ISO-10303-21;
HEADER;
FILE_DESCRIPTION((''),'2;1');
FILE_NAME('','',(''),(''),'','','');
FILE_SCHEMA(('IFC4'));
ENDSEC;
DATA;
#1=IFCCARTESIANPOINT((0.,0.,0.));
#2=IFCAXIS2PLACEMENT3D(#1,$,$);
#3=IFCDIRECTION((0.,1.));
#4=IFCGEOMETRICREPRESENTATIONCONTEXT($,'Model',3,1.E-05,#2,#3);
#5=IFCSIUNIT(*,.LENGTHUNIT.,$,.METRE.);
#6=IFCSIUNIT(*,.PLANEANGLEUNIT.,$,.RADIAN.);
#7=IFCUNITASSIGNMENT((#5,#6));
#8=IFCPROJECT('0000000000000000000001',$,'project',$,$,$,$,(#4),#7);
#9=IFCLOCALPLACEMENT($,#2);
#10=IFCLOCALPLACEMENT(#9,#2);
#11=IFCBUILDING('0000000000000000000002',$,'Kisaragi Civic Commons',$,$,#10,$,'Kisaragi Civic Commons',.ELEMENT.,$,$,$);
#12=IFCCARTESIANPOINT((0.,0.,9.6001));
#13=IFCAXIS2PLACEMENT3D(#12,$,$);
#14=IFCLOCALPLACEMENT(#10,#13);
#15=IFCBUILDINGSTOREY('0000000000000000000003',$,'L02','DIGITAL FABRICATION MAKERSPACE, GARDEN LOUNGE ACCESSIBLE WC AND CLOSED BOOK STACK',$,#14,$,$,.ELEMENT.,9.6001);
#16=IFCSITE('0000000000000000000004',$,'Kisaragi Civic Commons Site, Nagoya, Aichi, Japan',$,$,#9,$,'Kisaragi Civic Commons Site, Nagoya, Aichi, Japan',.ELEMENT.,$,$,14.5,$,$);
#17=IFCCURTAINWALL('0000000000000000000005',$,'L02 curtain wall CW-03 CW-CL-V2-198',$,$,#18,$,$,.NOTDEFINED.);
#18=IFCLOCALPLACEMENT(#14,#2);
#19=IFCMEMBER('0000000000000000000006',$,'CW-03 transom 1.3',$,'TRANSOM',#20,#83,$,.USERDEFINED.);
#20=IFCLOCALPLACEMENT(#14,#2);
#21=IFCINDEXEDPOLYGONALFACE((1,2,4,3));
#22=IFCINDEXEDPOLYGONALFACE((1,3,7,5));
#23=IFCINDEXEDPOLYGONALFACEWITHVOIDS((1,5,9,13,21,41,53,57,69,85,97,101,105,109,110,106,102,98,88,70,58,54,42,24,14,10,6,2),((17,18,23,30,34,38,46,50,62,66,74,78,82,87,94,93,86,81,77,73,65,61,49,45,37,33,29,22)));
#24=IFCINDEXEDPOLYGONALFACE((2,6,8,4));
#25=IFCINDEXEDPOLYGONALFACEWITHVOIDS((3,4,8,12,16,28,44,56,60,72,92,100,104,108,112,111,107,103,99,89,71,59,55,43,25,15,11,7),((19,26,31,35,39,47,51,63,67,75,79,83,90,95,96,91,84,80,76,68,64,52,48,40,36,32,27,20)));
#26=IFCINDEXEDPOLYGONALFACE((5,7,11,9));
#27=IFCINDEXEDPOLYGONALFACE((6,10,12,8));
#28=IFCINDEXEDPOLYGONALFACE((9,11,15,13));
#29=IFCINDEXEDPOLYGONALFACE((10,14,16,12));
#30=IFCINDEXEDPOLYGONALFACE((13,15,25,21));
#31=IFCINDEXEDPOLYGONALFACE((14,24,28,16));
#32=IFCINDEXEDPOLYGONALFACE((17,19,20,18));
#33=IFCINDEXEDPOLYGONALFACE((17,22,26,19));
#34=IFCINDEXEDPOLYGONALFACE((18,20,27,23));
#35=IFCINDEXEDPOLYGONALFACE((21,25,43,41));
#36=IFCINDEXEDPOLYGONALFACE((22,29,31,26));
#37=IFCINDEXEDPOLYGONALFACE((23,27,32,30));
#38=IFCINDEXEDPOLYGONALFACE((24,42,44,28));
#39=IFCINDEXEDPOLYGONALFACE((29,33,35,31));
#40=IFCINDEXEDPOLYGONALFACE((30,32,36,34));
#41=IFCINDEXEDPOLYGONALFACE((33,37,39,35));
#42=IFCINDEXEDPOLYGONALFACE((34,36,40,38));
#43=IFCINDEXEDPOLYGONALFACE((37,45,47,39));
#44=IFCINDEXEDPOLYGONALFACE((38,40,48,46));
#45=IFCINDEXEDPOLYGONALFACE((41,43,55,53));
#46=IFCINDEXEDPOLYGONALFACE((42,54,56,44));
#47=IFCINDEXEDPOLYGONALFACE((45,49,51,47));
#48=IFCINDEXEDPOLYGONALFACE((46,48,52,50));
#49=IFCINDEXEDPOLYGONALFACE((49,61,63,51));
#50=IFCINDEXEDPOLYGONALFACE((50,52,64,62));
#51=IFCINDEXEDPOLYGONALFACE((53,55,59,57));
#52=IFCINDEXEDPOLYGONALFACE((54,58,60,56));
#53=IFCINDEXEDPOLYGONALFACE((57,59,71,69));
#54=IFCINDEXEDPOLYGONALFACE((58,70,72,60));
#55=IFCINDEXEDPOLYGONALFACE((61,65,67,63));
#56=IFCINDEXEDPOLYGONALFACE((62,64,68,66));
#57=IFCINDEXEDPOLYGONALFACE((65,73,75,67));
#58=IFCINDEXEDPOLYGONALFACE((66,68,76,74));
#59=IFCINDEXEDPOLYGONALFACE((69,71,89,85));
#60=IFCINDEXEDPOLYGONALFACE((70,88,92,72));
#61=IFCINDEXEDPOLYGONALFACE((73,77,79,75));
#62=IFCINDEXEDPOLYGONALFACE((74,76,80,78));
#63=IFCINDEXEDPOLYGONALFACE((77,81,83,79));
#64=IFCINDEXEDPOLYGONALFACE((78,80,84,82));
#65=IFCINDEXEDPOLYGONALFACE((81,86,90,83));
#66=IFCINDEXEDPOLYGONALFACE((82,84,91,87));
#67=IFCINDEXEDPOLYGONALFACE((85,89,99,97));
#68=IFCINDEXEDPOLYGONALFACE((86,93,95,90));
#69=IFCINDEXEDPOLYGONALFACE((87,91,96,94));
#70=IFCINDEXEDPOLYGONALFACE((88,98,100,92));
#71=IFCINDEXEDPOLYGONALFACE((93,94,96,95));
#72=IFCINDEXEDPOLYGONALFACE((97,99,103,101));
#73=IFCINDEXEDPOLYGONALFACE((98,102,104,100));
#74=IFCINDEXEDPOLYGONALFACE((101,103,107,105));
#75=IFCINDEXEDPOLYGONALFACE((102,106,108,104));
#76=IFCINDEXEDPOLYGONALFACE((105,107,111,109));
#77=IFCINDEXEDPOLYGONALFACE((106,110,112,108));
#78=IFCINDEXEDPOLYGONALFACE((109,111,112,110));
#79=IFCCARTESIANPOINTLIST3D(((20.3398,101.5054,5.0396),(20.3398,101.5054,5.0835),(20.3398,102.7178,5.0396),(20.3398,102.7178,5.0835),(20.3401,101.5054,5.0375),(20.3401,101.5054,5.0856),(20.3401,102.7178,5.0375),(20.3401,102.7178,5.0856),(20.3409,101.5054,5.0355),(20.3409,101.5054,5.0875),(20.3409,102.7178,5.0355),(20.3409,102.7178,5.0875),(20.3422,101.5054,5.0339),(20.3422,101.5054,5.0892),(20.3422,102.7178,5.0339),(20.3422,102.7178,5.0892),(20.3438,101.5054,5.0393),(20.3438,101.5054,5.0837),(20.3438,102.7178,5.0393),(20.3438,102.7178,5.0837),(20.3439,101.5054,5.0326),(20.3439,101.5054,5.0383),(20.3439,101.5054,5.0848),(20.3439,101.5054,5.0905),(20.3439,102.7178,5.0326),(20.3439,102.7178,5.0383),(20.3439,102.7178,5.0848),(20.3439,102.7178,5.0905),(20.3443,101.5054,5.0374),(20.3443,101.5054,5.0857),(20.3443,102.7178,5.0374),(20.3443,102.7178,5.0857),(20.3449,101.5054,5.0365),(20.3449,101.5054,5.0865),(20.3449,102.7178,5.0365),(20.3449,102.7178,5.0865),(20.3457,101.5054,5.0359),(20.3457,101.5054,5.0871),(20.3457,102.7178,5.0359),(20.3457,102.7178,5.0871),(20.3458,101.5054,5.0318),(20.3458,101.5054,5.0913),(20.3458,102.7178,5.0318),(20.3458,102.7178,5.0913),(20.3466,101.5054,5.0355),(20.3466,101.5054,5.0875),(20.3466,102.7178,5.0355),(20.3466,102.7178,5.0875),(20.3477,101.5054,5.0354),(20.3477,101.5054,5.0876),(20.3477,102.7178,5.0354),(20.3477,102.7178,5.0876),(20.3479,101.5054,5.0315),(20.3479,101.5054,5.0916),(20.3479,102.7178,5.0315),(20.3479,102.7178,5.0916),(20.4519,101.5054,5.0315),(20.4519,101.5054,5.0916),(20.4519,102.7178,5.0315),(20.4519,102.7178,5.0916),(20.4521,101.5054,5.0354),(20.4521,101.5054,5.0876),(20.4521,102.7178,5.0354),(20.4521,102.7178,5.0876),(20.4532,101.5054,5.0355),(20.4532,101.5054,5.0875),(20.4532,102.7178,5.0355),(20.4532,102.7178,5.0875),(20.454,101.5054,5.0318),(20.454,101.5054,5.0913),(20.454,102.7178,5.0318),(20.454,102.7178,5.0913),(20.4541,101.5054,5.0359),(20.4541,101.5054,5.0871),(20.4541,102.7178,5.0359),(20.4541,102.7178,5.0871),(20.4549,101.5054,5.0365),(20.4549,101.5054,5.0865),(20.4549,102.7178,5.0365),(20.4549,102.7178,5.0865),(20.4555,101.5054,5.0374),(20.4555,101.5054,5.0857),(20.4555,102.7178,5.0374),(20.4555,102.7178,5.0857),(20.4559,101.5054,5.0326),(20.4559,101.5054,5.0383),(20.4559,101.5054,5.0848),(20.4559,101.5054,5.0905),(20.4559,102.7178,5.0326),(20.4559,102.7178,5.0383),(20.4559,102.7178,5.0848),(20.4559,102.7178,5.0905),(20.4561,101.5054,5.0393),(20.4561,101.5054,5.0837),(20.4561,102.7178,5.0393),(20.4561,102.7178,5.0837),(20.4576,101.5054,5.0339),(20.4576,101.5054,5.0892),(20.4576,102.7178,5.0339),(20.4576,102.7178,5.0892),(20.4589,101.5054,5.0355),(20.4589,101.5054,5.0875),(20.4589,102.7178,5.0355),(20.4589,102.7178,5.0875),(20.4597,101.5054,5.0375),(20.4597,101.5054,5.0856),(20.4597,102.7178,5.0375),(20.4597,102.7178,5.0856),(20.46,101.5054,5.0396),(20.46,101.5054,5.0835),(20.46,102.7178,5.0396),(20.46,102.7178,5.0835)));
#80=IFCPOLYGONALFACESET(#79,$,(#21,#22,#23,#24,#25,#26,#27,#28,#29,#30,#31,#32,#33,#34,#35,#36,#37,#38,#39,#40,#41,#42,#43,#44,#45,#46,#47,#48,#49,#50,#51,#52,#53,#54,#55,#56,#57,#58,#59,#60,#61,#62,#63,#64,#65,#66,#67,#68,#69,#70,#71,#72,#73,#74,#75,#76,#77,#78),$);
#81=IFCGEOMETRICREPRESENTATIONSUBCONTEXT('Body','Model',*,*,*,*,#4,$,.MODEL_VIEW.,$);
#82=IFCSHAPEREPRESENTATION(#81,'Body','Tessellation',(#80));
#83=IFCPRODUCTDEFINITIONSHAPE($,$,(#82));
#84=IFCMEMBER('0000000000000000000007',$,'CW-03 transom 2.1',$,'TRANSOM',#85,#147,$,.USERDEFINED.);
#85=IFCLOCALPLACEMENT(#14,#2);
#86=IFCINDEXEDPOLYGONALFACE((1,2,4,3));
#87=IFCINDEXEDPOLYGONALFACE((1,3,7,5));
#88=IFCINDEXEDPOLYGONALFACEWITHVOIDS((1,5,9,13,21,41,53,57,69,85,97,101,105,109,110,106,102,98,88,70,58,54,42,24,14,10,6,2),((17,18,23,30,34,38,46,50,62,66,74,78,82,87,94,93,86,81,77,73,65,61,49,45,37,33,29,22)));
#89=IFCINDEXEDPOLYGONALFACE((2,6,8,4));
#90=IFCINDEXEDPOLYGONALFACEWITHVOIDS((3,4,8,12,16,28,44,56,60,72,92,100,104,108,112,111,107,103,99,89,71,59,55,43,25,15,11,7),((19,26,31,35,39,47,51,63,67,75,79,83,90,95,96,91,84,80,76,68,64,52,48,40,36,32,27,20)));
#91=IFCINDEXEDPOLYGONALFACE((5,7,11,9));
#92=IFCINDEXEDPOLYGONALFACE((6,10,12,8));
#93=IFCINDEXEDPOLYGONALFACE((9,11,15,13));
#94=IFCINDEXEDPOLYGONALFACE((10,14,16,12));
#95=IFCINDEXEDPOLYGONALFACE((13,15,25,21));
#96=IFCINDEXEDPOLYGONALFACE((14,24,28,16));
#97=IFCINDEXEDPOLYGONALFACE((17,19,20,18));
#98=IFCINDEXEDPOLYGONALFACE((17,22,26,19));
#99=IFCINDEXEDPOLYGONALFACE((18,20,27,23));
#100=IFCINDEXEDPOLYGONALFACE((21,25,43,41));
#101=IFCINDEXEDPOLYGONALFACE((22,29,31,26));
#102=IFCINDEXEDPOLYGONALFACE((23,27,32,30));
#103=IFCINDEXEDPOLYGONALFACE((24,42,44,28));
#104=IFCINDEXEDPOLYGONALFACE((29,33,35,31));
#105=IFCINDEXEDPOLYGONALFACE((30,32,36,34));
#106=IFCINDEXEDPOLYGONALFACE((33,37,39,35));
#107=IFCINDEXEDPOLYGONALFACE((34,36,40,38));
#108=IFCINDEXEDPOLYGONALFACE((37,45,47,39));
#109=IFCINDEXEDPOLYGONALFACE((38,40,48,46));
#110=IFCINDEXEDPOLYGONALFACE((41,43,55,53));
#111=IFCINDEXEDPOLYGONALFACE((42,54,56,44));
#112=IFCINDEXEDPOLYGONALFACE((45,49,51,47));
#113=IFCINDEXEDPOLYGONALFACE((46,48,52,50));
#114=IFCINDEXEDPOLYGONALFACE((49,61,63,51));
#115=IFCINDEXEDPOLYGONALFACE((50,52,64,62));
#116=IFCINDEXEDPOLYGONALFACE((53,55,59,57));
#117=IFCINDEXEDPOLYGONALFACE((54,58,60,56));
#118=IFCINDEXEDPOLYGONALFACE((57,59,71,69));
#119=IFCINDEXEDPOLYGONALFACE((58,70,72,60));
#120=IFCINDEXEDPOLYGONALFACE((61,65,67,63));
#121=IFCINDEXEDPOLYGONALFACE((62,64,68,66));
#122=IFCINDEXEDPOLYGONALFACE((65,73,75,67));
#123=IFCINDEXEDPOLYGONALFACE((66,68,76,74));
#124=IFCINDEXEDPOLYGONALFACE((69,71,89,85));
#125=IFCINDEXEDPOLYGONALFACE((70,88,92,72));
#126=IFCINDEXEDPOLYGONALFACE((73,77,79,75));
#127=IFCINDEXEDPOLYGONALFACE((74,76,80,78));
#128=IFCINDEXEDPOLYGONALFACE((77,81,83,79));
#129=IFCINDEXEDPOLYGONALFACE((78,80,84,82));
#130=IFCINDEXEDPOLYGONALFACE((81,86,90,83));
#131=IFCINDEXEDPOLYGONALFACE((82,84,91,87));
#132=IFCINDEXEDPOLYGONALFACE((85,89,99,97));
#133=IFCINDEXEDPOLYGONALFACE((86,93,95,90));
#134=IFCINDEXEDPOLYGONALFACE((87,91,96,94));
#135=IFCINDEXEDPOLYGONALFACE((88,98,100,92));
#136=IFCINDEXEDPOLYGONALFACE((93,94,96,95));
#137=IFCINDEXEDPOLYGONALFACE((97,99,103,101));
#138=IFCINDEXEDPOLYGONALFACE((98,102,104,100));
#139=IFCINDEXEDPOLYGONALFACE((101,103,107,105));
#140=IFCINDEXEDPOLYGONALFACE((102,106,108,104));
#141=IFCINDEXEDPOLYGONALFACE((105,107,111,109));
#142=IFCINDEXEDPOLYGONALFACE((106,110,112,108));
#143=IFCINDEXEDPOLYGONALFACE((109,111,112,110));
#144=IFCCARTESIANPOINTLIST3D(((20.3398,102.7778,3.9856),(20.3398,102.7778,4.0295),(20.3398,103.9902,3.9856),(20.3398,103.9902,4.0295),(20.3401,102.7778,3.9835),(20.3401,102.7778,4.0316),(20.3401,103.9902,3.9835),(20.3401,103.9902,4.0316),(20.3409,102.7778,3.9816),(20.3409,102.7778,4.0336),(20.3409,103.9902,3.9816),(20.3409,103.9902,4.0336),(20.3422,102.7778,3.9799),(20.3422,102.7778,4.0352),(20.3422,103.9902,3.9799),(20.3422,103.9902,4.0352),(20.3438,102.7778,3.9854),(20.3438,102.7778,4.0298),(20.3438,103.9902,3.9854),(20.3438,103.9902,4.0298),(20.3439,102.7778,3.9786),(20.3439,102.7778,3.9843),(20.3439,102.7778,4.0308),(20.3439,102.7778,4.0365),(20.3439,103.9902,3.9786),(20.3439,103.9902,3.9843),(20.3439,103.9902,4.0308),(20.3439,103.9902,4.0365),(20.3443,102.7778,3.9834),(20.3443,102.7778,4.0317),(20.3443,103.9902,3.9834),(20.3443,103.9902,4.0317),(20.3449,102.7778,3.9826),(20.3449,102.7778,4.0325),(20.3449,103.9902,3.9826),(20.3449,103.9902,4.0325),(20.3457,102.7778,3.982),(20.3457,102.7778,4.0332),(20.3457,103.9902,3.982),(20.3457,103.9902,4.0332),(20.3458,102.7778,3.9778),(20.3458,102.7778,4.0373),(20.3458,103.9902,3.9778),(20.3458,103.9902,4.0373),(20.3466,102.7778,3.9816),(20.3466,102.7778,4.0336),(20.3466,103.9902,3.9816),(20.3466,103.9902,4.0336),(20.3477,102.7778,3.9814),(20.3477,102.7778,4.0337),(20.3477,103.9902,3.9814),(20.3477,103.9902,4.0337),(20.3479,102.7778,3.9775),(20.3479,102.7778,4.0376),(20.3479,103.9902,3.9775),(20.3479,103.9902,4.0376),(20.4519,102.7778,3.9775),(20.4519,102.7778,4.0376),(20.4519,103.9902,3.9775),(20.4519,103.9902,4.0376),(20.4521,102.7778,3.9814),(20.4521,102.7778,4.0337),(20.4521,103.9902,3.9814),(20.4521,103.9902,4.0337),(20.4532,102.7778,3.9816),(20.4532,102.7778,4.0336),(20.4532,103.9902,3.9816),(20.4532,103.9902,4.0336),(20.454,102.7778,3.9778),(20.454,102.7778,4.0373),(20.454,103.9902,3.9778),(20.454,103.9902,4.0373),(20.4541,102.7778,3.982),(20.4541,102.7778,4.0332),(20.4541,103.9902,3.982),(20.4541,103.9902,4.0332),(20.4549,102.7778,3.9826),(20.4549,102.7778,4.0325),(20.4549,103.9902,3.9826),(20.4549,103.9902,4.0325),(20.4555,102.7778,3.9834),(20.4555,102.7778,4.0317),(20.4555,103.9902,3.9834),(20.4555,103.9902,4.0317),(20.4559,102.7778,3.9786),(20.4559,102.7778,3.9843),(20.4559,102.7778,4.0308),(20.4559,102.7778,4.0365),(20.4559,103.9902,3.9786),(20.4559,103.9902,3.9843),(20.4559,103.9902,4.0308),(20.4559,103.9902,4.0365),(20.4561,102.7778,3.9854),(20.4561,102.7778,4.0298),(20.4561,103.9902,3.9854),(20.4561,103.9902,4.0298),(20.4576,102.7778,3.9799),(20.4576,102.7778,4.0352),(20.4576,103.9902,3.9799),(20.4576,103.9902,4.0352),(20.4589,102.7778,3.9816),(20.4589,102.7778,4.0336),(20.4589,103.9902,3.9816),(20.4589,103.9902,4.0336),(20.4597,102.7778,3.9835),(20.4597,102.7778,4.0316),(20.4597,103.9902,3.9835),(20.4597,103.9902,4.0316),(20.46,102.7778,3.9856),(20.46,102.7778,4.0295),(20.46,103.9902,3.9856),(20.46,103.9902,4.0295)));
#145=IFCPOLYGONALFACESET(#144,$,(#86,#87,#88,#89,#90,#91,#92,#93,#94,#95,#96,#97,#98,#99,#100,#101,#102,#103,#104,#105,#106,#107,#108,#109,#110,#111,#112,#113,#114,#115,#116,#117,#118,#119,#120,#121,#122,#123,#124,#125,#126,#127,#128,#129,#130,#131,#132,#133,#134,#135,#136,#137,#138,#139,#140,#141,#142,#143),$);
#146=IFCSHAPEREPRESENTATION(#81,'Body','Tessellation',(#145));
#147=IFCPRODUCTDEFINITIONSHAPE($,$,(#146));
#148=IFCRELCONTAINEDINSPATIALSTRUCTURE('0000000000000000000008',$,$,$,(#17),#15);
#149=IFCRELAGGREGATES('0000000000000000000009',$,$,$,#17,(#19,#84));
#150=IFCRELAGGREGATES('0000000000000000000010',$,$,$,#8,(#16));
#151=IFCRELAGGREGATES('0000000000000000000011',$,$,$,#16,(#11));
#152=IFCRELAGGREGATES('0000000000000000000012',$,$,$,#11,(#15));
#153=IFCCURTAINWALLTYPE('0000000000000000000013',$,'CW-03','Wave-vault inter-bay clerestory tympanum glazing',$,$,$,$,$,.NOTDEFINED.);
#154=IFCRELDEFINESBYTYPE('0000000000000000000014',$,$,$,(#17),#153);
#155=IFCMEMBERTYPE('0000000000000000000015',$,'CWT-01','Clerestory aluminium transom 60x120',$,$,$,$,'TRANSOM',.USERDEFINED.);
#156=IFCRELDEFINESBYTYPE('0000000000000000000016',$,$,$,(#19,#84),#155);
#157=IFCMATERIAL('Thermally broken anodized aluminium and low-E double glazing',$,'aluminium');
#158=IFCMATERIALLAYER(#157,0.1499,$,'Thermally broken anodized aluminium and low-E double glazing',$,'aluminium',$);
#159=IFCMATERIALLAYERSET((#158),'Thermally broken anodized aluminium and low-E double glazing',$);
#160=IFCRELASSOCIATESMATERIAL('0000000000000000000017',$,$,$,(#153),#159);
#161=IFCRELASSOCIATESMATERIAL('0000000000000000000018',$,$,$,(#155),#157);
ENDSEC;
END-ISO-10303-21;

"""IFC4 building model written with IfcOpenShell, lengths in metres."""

from ifc_helpers import new_model, si_unit, direction, frame, origin, origin_2d, place, context, subcontext, project, spatial, hollow_rectangle, extrude, material, layer, layer_set, material_profile, profile_set, type_object, element, aggregate, save


model = new_model("IFC4")

# Units and contexts
model_context = context("Model", 3, precision=1e-05, world=origin(), true_north=direction((0.0, 1.0)))
body_context = subcontext(model_context, "Body", "Model", "MODEL_VIEW")
ifc_project = project(units=[si_unit("LENGTHUNIT", "METRE"), si_unit("PLANEANGLEUNIT", "RADIAN")], contexts=[model_context])

# Site, building, storey
site_placement = place(None, origin())
site = spatial("IfcSite", under=ifc_project, at=site_placement, Name="Kisaragi Civic Commons Site, Nagoya, Aichi, Japan", LongName="Kisaragi Civic Commons Site, Nagoya, Aichi, Japan", CompositionType="ELEMENT", RefElevation=14.5)
building_placement = place(site_placement, origin())
building = spatial("IfcBuilding", under=site, at=building_placement, Name="Kisaragi Civic Commons", LongName="Kisaragi Civic Commons", CompositionType="ELEMENT")
storey_placement = place(building_placement, frame((0.0, 0.0, 9.6001)))
storey = spatial("IfcBuildingStorey", under=building, at=storey_placement, Name="L02", Description="DIGITAL FABRICATION MAKERSPACE, GARDEN LOUNGE ACCESSIBLE WC AND CLOSED BOOK STACK", CompositionType="ELEMENT", Elevation=9.6001)

# Curtain wall
ifc_material_1 = material(Name="Thermally broken anodized aluminium and low-E double glazing", Category="aluminium")
ifc_layer_1 = layer(ifc_material_1, 0.1499, Name="Thermally broken anodized aluminium and low-E double glazing", Category="aluminium")
ifc_layer_set_1 = layer_set([ifc_layer_1], Name="Thermally broken anodized aluminium and low-E double glazing")
curtain_wall_type = type_object("IfcCurtainWallType", Name="CW-03", Description="Wave-vault inter-bay clerestory tympanum glazing", PredefinedType="NOTDEFINED", material=ifc_layer_set_1)
curtain_wall_1_placement = place(storey_placement, origin())
curtain_wall_1 = element("IfcCurtainWall", 1, at=curtain_wall_1_placement, inside=storey, type_object=curtain_wall_type, Name="L02 curtain wall CW-03 CW-CL-V2-198", PredefinedType="NOTDEFINED")

# Members
ifc_material_profile_1 = material_profile(ifc_material_1, hollow_rectangle(XDim=0.1201, YDim=0.0601, WallThickness=0.0039, InnerFilletRadius=0.0039, OuterFilletRadius=0.0081, at=origin_2d()), Name="CWT-60x120x4", Category="aluminium")
ifc_profile_set_1 = profile_set([ifc_material_profile_1], Name="Thermally broken anodized aluminium and low-E double glazing")
member_type_1 = type_object("IfcMemberType", Name="CWT-01", Description="Clerestory aluminium transom 60x120", ElementType="TRANSOM", PredefinedType="USERDEFINED", material=ifc_profile_set_1)
member_1_placement = place(storey_placement, frame((20.3999, 101.5054, 5.0615), z_axis=(0.0, 1.0, 0.0), x_axis=(-1.0, 0.0, 0.0)))
member_1 = element("IfcMember", 2, at=member_1_placement, type_object=member_type_1, Name="CW-03 transom 1.3", ObjectType="TRANSOM", PredefinedType="USERDEFINED", context=body_context, shape_type="SweptSolid", body=[
    extrude(hollow_rectangle(XDim=0.1201, YDim=0.0601, WallThickness=0.0039, InnerFilletRadius=0.0039, OuterFilletRadius=0.0081, at=origin_2d()), origin(), (0.0, 0.0, 1.0), 1.2124),
])
member_2_placement = place(storey_placement, frame((20.3999, 102.7778, 4.0076), z_axis=(0.0, 1.0, 0.0), x_axis=(-1.0, 0.0, 0.0)))
member_2 = element("IfcMember", 3, at=member_2_placement, type_object=member_type_1, Name="CW-03 transom 2.1", ObjectType="TRANSOM", PredefinedType="USERDEFINED", context=body_context, shape_type="SweptSolid", body=[
    extrude(hollow_rectangle(XDim=0.1201, YDim=0.0601, WallThickness=0.0039, InnerFilletRadius=0.0039, OuterFilletRadius=0.0081, at=origin_2d()), origin(), (0.0, 0.0, 1.0), 1.2124),
])

aggregate(curtain_wall_1, [member_1, member_2])

save(model, "model.ifc")
